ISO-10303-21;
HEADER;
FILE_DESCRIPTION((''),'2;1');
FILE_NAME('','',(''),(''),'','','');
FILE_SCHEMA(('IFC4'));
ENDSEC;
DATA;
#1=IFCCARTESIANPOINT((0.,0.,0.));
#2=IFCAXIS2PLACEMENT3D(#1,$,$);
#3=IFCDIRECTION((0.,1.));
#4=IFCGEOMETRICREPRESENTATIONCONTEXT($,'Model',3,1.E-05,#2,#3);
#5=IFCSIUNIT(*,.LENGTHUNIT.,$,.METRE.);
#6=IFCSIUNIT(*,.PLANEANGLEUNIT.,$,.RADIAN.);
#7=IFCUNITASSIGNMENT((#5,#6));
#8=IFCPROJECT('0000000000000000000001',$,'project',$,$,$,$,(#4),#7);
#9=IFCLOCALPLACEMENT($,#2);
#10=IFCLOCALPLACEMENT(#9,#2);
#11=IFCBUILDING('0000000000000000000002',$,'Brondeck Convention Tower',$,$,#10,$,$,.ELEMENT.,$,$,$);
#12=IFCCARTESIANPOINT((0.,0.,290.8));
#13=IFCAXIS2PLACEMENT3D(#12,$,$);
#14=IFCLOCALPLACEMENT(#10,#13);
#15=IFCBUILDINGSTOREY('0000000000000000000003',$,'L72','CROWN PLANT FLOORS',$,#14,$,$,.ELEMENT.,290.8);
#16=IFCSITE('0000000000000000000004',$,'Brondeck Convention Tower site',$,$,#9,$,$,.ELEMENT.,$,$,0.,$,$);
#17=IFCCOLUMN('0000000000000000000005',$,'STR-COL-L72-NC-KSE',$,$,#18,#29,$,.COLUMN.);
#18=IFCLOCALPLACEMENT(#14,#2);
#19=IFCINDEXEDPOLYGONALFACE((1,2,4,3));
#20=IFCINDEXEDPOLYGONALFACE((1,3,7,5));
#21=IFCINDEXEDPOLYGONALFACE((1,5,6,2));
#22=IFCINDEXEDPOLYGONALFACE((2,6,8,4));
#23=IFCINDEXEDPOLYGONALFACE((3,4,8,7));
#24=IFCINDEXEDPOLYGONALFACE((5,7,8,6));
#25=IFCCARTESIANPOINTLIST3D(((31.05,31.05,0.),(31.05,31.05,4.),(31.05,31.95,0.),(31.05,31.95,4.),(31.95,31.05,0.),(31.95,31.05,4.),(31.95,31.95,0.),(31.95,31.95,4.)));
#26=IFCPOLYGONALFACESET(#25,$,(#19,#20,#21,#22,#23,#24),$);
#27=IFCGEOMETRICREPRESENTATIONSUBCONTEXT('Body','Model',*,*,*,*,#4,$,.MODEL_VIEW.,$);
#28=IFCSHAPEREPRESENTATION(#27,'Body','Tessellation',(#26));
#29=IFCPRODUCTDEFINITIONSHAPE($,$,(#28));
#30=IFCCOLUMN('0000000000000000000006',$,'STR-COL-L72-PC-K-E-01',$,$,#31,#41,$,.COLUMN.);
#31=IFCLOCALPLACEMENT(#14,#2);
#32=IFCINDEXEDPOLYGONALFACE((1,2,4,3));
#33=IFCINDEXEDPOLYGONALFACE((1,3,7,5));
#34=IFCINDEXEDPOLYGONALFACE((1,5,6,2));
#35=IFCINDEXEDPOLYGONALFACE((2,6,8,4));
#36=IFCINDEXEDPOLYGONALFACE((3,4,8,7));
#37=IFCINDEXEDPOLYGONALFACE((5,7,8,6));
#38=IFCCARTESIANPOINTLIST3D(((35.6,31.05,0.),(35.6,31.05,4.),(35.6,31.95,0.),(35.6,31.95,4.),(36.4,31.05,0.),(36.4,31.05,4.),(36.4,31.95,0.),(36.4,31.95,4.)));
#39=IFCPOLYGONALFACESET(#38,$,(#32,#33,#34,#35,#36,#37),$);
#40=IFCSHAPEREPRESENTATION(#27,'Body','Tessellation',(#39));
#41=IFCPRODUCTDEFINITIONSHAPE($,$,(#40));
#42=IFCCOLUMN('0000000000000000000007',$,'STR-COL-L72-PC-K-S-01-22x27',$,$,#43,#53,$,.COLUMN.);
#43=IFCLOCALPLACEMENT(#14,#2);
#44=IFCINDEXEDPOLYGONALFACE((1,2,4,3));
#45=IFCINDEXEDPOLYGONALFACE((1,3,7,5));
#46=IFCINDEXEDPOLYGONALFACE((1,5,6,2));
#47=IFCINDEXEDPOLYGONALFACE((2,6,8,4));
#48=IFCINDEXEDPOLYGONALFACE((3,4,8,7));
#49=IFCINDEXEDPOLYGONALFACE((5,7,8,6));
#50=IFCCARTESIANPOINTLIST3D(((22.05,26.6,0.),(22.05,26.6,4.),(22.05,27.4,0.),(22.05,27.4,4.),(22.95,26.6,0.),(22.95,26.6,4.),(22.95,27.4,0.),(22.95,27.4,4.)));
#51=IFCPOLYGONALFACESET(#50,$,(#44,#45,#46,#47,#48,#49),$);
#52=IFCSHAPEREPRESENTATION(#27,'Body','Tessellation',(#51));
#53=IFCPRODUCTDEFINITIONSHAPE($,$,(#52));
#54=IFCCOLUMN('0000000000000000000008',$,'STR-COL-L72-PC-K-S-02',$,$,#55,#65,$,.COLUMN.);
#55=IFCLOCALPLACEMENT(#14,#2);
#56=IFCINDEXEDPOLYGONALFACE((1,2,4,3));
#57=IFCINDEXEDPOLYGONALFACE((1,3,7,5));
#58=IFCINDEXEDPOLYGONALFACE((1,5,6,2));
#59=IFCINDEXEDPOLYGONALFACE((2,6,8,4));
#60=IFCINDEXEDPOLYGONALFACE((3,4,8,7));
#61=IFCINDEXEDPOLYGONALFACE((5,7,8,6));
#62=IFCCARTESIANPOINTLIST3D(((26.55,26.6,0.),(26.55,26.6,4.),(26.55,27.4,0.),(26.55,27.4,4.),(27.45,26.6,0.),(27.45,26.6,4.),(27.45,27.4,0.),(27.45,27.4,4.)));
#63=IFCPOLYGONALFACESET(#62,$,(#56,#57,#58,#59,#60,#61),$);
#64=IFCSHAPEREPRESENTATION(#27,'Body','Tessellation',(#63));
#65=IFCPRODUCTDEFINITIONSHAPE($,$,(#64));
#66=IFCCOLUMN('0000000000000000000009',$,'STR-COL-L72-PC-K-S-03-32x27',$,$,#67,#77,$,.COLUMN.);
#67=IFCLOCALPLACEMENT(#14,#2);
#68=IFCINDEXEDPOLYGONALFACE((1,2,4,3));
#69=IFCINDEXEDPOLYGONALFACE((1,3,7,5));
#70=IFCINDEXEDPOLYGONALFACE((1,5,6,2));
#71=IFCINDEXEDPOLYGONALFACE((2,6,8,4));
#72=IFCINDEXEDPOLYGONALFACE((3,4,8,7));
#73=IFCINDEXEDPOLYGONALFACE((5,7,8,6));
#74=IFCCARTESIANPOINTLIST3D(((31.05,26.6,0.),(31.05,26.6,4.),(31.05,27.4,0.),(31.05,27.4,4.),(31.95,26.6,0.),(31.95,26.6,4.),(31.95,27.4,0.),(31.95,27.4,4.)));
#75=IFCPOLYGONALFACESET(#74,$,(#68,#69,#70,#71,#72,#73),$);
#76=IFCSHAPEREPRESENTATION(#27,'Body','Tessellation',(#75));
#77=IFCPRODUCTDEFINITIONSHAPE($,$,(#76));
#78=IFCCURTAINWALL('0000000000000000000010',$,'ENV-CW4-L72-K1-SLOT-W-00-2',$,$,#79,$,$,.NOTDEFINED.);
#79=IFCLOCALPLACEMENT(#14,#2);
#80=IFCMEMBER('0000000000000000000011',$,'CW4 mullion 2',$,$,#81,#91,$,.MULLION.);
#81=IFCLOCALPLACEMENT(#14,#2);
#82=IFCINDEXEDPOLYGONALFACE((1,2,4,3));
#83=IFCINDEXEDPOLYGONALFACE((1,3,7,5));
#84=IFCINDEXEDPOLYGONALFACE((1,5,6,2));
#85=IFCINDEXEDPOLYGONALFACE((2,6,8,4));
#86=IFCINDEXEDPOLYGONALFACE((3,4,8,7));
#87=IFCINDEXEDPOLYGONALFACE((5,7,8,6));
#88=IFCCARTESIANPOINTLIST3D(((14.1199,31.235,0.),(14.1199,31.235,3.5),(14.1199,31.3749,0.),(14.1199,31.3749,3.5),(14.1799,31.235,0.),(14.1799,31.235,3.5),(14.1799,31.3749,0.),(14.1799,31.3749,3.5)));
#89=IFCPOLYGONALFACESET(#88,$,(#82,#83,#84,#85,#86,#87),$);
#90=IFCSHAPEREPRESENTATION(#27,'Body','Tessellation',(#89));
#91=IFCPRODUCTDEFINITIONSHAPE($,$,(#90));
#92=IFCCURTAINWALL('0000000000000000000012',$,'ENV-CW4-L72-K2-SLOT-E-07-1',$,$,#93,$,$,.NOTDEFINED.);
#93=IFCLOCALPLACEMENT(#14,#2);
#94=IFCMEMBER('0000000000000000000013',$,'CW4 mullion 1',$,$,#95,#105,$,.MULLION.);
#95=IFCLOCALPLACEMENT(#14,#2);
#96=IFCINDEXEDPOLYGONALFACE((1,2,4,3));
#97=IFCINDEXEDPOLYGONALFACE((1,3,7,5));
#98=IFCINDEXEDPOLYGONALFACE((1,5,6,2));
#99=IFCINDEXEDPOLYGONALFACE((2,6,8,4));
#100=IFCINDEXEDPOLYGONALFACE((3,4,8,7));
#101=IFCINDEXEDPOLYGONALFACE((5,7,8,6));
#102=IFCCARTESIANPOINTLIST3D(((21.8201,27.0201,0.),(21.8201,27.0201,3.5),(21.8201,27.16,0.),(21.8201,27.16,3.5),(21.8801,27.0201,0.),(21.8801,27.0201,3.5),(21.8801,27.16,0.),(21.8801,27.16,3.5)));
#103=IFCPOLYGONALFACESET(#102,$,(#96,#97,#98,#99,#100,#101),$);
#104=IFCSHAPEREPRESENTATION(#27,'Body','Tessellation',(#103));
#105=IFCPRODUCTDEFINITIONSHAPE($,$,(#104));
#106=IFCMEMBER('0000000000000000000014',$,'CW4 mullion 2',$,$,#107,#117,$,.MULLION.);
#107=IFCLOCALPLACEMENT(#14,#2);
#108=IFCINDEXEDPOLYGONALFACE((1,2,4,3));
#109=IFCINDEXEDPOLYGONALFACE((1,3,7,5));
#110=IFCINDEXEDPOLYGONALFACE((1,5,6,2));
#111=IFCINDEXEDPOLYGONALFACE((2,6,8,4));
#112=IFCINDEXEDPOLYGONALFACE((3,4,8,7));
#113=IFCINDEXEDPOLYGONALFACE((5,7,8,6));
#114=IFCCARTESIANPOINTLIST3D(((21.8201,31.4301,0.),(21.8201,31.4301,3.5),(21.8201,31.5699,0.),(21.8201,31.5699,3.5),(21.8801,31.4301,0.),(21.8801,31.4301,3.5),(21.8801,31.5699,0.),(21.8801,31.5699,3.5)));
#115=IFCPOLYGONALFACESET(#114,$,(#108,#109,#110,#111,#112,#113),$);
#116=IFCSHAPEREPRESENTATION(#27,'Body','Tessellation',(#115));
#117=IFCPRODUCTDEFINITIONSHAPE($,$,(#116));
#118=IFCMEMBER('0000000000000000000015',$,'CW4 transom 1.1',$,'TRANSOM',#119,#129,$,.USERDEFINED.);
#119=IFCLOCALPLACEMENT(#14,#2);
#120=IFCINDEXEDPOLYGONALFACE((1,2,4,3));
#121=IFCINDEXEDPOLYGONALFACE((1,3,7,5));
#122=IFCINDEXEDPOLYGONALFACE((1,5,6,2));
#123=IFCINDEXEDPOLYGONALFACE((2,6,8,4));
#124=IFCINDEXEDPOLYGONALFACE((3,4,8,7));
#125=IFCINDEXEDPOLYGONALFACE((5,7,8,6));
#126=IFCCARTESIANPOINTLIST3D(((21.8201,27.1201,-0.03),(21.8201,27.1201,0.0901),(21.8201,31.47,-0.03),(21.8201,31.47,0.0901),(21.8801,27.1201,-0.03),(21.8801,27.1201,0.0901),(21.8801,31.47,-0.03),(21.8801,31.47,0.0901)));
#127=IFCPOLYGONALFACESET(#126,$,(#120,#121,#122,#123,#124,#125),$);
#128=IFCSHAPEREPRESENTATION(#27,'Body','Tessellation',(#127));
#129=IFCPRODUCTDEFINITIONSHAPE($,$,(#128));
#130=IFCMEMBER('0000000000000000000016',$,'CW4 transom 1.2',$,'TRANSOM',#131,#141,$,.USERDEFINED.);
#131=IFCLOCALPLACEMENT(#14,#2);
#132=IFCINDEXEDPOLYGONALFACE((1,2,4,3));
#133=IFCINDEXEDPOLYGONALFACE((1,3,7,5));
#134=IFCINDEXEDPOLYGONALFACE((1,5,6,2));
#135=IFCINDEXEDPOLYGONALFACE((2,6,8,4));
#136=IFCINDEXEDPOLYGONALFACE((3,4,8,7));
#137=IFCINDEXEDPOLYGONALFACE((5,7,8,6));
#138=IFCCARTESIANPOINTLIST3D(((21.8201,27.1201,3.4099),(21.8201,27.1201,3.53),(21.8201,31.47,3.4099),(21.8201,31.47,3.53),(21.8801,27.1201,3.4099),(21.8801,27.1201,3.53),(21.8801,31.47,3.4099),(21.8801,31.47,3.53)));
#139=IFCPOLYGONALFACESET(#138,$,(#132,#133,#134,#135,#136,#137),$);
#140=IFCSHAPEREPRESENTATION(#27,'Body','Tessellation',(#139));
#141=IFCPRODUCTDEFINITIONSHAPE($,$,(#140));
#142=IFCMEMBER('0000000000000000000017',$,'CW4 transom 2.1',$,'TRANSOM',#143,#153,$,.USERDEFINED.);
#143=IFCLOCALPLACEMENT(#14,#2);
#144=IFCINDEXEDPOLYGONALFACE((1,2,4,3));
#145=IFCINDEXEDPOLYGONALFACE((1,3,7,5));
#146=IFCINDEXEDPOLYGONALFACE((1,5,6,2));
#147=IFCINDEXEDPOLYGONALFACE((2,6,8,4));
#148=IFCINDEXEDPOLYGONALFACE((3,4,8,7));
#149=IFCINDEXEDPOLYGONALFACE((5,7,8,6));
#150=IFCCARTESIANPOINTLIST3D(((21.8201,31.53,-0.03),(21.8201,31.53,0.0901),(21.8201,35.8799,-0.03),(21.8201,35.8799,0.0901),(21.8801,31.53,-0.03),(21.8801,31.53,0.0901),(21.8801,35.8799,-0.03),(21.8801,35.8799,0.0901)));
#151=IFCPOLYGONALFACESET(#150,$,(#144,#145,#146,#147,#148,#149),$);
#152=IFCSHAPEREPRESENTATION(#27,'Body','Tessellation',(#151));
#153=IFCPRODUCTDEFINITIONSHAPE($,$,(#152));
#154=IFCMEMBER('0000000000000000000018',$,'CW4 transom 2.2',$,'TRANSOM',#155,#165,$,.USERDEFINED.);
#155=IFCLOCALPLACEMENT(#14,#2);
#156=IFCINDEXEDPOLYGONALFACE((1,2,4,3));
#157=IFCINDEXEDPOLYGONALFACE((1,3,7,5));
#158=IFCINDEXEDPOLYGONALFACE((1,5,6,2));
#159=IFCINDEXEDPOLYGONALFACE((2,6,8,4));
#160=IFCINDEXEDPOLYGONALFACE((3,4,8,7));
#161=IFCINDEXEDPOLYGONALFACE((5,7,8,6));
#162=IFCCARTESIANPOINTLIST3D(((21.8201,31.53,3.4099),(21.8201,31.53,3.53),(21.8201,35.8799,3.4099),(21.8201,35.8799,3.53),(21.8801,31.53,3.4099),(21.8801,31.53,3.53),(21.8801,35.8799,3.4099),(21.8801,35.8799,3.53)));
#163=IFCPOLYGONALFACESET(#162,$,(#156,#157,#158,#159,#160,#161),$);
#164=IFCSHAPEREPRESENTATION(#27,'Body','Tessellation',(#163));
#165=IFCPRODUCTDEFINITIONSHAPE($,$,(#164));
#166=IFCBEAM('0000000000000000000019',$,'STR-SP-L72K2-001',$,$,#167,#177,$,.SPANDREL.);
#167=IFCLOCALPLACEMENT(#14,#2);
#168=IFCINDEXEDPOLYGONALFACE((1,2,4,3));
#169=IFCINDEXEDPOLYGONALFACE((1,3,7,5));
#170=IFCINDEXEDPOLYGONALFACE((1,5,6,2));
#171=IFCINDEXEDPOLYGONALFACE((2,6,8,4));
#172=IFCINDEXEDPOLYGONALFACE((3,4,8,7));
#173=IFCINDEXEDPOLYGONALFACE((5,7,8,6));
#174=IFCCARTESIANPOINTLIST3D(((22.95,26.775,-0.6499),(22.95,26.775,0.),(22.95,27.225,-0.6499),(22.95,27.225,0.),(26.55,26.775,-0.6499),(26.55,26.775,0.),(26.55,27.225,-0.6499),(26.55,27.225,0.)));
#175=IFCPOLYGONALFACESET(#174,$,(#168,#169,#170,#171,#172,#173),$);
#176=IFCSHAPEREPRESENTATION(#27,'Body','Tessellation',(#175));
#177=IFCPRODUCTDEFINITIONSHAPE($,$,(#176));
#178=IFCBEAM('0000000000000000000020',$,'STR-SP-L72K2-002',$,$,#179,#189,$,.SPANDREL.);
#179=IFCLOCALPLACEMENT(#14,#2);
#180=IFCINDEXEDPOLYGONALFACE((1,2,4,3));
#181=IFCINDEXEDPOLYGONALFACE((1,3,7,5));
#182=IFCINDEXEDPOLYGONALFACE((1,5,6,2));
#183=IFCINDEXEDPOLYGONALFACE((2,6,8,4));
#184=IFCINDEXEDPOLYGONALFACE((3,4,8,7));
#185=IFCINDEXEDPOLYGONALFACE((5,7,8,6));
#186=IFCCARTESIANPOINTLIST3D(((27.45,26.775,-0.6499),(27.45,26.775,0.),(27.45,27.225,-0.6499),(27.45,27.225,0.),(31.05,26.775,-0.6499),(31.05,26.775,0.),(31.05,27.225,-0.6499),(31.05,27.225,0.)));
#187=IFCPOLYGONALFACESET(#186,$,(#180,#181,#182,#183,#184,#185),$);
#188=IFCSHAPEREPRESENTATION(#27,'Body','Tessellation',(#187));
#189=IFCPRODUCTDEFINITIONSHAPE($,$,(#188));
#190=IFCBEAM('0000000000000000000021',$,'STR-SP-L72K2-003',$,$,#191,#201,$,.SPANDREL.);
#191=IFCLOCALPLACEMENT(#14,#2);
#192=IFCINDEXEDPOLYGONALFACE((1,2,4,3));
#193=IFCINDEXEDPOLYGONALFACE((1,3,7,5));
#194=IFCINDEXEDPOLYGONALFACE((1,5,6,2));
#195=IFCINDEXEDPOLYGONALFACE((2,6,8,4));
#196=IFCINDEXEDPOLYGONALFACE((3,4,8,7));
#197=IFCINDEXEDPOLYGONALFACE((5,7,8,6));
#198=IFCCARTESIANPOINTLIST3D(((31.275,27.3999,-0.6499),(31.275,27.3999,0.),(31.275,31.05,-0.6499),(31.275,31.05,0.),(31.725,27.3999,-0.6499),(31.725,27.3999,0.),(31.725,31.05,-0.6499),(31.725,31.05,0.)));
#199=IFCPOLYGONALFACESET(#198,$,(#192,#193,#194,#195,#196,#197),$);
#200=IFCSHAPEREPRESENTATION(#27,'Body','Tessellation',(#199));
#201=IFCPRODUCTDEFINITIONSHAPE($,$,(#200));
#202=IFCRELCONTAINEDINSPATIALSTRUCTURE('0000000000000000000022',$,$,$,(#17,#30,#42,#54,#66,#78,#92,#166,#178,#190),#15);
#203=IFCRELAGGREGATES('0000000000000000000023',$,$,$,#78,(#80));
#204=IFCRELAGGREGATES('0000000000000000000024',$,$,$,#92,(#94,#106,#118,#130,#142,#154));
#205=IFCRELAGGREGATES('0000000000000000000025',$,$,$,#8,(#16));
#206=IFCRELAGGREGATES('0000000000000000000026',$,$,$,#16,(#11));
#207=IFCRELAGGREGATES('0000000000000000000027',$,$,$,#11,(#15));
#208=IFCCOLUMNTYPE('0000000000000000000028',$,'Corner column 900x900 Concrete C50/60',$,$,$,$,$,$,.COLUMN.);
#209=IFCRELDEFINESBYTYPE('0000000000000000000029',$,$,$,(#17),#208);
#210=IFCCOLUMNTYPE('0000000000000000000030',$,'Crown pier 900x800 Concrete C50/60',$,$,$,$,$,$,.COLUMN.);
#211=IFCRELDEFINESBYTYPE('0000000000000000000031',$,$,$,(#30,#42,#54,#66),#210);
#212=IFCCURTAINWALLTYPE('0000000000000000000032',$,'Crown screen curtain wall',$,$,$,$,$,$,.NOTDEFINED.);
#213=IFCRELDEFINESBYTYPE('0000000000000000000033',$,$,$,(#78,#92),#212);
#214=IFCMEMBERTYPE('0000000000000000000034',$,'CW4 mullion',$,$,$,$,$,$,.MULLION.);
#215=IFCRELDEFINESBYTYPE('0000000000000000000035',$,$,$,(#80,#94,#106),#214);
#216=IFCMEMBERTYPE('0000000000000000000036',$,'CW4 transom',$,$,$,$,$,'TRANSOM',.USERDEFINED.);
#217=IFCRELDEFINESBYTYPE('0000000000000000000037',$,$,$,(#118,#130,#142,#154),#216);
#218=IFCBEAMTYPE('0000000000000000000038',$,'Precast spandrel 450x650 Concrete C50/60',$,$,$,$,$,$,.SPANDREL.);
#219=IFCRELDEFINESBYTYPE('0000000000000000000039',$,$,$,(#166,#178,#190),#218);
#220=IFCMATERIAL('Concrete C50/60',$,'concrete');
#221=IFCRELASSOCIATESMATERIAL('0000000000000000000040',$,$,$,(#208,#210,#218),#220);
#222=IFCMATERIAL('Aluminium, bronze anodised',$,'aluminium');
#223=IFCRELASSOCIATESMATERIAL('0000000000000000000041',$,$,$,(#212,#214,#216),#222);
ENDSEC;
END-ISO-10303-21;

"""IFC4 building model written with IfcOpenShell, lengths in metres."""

from ifc_helpers import new_model, si_unit, direction, frame, origin, origin_2d, place, context, subcontext, project, spatial, rectangle, extrude, material, material_profile, profile_set, type_object, element, aggregate, save


model = new_model("IFC4")

# Units and contexts
model_context = context("Model", 3, precision=1e-05, world=origin(), true_north=direction((0.0, 1.0)))
body_context = subcontext(model_context, "Body", "Model", "MODEL_VIEW")
ifc_project = project(units=[si_unit("LENGTHUNIT", "METRE"), si_unit("PLANEANGLEUNIT", "RADIAN")], contexts=[model_context])

# Site, building, storey
site_placement = place(None, origin())
site = spatial("IfcSite", under=ifc_project, at=site_placement, Name="Brondeck Convention Tower site", CompositionType="ELEMENT", RefElevation=0.0)
building_placement = place(site_placement, origin())
building = spatial("IfcBuilding", under=site, at=building_placement, Name="Brondeck Convention Tower", CompositionType="ELEMENT")
storey_placement = place(building_placement, frame((0.0, 0.0, 290.8)))
storey = spatial("IfcBuildingStorey", under=building, at=storey_placement, Name="L72", Description="CROWN PLANT FLOORS", CompositionType="ELEMENT", Elevation=290.8)

# Columns
ifc_material_1 = material(Name="Concrete C50/60", Category="concrete")
ifc_material_profile_1 = material_profile(ifc_material_1, rectangle(XDim=0.8999, YDim=0.8999, at=origin_2d()), Name="Corner column 900x900 Concrete C50/60")
ifc_profile_set_1 = profile_set([ifc_material_profile_1], Name="Concrete C50/60")
column_type_1 = type_object("IfcColumnType", Name="Corner column 900x900 Concrete C50/60", PredefinedType="COLUMN", material=ifc_profile_set_1)
column_placement = place(storey_placement, frame((31.5, 31.5, 0.0), z_axis=(0.0, 0.0, 1.0), x_axis=(1.0, 0.0, 0.0)))
element("IfcColumn", 1, at=column_placement, inside=storey, type_object=column_type_1, Name="STR-COL-L72-NC-KSE", PredefinedType="COLUMN", context=body_context, shape_type="SweptSolid", body=[
    extrude(rectangle(XDim=0.8999, YDim=0.8999, at=origin_2d()), origin(), (0.0, 0.0, 1.0), 4.0),
])
ifc_material_profile_2 = material_profile(ifc_material_1, rectangle(XDim=0.8999, YDim=0.8, at=origin_2d()), Name="Crown pier 900x800 Concrete C50/60")
ifc_profile_set_2 = profile_set([ifc_material_profile_2], Name="Concrete C50/60")
column_type_2 = type_object("IfcColumnType", Name="Crown pier 900x800 Concrete C50/60", PredefinedType="COLUMN", material=ifc_profile_set_2)
for number, where, z_axis, x_axis, name in (
    (2, (36.0, 31.5, 0.0), (0.0, 0.0, 1.0), (0.0, 1.0, 0.0), "STR-COL-L72-PC-K-E-01"),
    (3, (22.5, 27.0, 0.0), (0.0, 0.0, 1.0), (1.0, 0.0, 0.0), "STR-COL-L72-PC-K-S-01-22x27"),
    (4, (27.0, 27.0, 0.0), (0.0, 0.0, 1.0), (1.0, 0.0, 0.0), "STR-COL-L72-PC-K-S-02"),
    (5, (31.5, 27.0, 0.0), (0.0, 0.0, 1.0), (1.0, 0.0, 0.0), "STR-COL-L72-PC-K-S-03-32x27"),
):
    element("IfcColumn", number, at=place(storey_placement, frame(where, z_axis=z_axis, x_axis=x_axis)), inside=storey, type_object=column_type_2, Name=name, PredefinedType="COLUMN", context=body_context, shape_type="SweptSolid", body=[
        extrude(rectangle(XDim=0.8999, YDim=0.8, at=origin_2d()), origin(), (0.0, 0.0, 1.0), 4.0),
    ])

# Curtain wall, member
ifc_material_2 = material(Name="Aluminium, bronze anodised", Category="aluminium")
curtain_wall_type = type_object("IfcCurtainWallType", Name="Crown screen curtain wall", PredefinedType="NOTDEFINED", material=ifc_material_2)
curtain_wall_1_placement = place(storey_placement, origin())
curtain_wall_1 = element("IfcCurtainWall", 6, at=curtain_wall_1_placement, inside=storey, type_object=curtain_wall_type, Name="ENV-CW4-L72-K1-SLOT-W-00-2", PredefinedType="NOTDEFINED")
ifc_material_profile_3 = material_profile(ifc_material_2, rectangle(XDim=0.0601, YDim=0.1399, at=origin_2d()), Name="CW4 mullion")
ifc_profile_set_3 = profile_set([ifc_material_profile_3], Name="Aluminium, bronze anodised")
member_type_1 = type_object("IfcMemberType", Name="CW4 mullion", PredefinedType="MULLION", material=ifc_profile_set_3)
member_1_placement = place(storey_placement, frame((14.1499, 31.3049, 0.0), z_axis=(0.0, 0.0, 1.0), x_axis=(1.0, 0.0, 0.0)))
member_1 = element("IfcMember", 7, at=member_1_placement, type_object=member_type_1, Name="CW4 mullion 2", PredefinedType="MULLION", context=body_context, shape_type="SweptSolid", body=[
    extrude(rectangle(XDim=0.0601, YDim=0.1399, at=origin_2d()), origin(), (0.0, 0.0, 1.0), 3.5),
])

# Curtain wall, members
curtain_wall_2_placement = place(storey_placement, origin())
curtain_wall_2 = element("IfcCurtainWall", 8, at=curtain_wall_2_placement, inside=storey, type_object=curtain_wall_type, Name="ENV-CW4-L72-K2-SLOT-E-07-1", PredefinedType="NOTDEFINED")
member_2_placement = place(storey_placement, frame((21.8501, 27.0901, 0.0), z_axis=(0.0, 0.0, 1.0), x_axis=(-1.0, 0.0, 0.0)))
member_2 = element("IfcMember", 9, at=member_2_placement, type_object=member_type_1, Name="CW4 mullion 1", PredefinedType="MULLION", context=body_context, shape_type="SweptSolid", body=[
    extrude(rectangle(XDim=0.0601, YDim=0.1399, at=origin_2d()), origin(), (0.0, 0.0, 1.0), 3.5),
])
member_3_placement = place(storey_placement, frame((21.8501, 31.5, 0.0), z_axis=(0.0, 0.0, 1.0), x_axis=(-1.0, 0.0, 0.0)))
member_3 = element("IfcMember", 10, at=member_3_placement, type_object=member_type_1, Name="CW4 mullion 2", PredefinedType="MULLION", context=body_context, shape_type="SweptSolid", body=[
    extrude(rectangle(XDim=0.0601, YDim=0.1399, at=origin_2d()), origin(), (0.0, 0.0, 1.0), 3.5),
])
ifc_material_profile_4 = material_profile(ifc_material_2, rectangle(XDim=0.0601, YDim=0.1201, at=origin_2d()), Name="CW4 transom")
ifc_profile_set_4 = profile_set([ifc_material_profile_4], Name="Aluminium, bronze anodised")
member_type_2 = type_object("IfcMemberType", Name="CW4 transom", ElementType="TRANSOM", PredefinedType="USERDEFINED", material=ifc_profile_set_4)
member_4_placement = place(storey_placement, frame((21.8501, 27.1201, 0.03), z_axis=(0.0, 1.0, 0.0), x_axis=(-1.0, 0.0, 0.0)))
member_4 = element("IfcMember", 11, at=member_4_placement, type_object=member_type_2, Name="CW4 transom 1.1", ObjectType="TRANSOM", PredefinedType="USERDEFINED", context=body_context, shape_type="SweptSolid", body=[
    extrude(rectangle(XDim=0.0601, YDim=0.1201, at=origin_2d()), origin(), (0.0, 0.0, 1.0), 4.3499),
])
member_5_placement = place(storey_placement, frame((21.8501, 27.1201, 3.47), z_axis=(0.0, 1.0, 0.0), x_axis=(-1.0, 0.0, 0.0)))
member_5 = element("IfcMember", 12, at=member_5_placement, type_object=member_type_2, Name="CW4 transom 1.2", ObjectType="TRANSOM", PredefinedType="USERDEFINED", context=body_context, shape_type="SweptSolid", body=[
    extrude(rectangle(XDim=0.0601, YDim=0.1201, at=origin_2d()), origin(), (0.0, 0.0, 1.0), 4.3499),
])
member_6_placement = place(storey_placement, frame((21.8501, 31.53, 0.03), z_axis=(0.0, 1.0, 0.0), x_axis=(-1.0, 0.0, 0.0)))
member_6 = element("IfcMember", 13, at=member_6_placement, type_object=member_type_2, Name="CW4 transom 2.1", ObjectType="TRANSOM", PredefinedType="USERDEFINED", context=body_context, shape_type="SweptSolid", body=[
    extrude(rectangle(XDim=0.0601, YDim=0.1201, at=origin_2d()), origin(), (0.0, 0.0, 1.0), 4.3499),
])
member_7_placement = place(storey_placement, frame((21.8501, 31.53, 3.47), z_axis=(0.0, 1.0, 0.0), x_axis=(-1.0, 0.0, 0.0)))
member_7 = element("IfcMember", 14, at=member_7_placement, type_object=member_type_2, Name="CW4 transom 2.2", ObjectType="TRANSOM", PredefinedType="USERDEFINED", context=body_context, shape_type="SweptSolid", body=[
    extrude(rectangle(XDim=0.0601, YDim=0.1201, at=origin_2d()), origin(), (0.0, 0.0, 1.0), 4.3499),
])

# Beams
ifc_material_profile_5 = material_profile(ifc_material_1, rectangle(XDim=0.45, YDim=0.6499, at=origin_2d()), Name="Precast spandrel 450x650 Concrete C50/60")
ifc_profile_set_5 = profile_set([ifc_material_profile_5], Name="Concrete C50/60")
beam_type = type_object("IfcBeamType", Name="Precast spandrel 450x650 Concrete C50/60", PredefinedType="SPANDREL", material=ifc_profile_set_5)
for number, where, z_axis, x_axis, name in (
    (15, (22.95, 27.0, -0.325), (1.0, 0.0, 0.0), (0.0, 1.0, 0.0), "STR-SP-L72K2-001"),
    (16, (27.45, 27.0, -0.325), (1.0, 0.0, 0.0), (0.0, 1.0, 0.0), "STR-SP-L72K2-002"),
):
    element("IfcBeam", number, at=place(storey_placement, frame(where, z_axis=z_axis, x_axis=x_axis)), inside=storey, type_object=beam_type, Name=name, PredefinedType="SPANDREL", context=body_context, shape_type="SweptSolid", body=[
        extrude(rectangle(XDim=0.45, YDim=0.6499, at=origin_2d()), origin(), (0.0, 0.0, 1.0), 3.6001),
    ])
for number, where, z_axis, x_axis, name in (
    (17, (31.5, 27.3999, -0.325), (0.0, 1.0, 0.0), (-1.0, 0.0, 0.0), "STR-SP-L72K2-003"),
):
    element("IfcBeam", number, at=place(storey_placement, frame(where, z_axis=z_axis, x_axis=x_axis)), inside=storey, type_object=beam_type, Name=name, PredefinedType="SPANDREL", context=body_context, shape_type="SweptSolid", body=[
        extrude(rectangle(XDim=0.45, YDim=0.6499, at=origin_2d()), origin(), (0.0, 0.0, 1.0), 3.6501),
    ])

aggregate(curtain_wall_1, [member_1])
aggregate(curtain_wall_2, [member_2, member_3, member_4, member_5, member_6, member_7])

save(model, "model.ifc")
